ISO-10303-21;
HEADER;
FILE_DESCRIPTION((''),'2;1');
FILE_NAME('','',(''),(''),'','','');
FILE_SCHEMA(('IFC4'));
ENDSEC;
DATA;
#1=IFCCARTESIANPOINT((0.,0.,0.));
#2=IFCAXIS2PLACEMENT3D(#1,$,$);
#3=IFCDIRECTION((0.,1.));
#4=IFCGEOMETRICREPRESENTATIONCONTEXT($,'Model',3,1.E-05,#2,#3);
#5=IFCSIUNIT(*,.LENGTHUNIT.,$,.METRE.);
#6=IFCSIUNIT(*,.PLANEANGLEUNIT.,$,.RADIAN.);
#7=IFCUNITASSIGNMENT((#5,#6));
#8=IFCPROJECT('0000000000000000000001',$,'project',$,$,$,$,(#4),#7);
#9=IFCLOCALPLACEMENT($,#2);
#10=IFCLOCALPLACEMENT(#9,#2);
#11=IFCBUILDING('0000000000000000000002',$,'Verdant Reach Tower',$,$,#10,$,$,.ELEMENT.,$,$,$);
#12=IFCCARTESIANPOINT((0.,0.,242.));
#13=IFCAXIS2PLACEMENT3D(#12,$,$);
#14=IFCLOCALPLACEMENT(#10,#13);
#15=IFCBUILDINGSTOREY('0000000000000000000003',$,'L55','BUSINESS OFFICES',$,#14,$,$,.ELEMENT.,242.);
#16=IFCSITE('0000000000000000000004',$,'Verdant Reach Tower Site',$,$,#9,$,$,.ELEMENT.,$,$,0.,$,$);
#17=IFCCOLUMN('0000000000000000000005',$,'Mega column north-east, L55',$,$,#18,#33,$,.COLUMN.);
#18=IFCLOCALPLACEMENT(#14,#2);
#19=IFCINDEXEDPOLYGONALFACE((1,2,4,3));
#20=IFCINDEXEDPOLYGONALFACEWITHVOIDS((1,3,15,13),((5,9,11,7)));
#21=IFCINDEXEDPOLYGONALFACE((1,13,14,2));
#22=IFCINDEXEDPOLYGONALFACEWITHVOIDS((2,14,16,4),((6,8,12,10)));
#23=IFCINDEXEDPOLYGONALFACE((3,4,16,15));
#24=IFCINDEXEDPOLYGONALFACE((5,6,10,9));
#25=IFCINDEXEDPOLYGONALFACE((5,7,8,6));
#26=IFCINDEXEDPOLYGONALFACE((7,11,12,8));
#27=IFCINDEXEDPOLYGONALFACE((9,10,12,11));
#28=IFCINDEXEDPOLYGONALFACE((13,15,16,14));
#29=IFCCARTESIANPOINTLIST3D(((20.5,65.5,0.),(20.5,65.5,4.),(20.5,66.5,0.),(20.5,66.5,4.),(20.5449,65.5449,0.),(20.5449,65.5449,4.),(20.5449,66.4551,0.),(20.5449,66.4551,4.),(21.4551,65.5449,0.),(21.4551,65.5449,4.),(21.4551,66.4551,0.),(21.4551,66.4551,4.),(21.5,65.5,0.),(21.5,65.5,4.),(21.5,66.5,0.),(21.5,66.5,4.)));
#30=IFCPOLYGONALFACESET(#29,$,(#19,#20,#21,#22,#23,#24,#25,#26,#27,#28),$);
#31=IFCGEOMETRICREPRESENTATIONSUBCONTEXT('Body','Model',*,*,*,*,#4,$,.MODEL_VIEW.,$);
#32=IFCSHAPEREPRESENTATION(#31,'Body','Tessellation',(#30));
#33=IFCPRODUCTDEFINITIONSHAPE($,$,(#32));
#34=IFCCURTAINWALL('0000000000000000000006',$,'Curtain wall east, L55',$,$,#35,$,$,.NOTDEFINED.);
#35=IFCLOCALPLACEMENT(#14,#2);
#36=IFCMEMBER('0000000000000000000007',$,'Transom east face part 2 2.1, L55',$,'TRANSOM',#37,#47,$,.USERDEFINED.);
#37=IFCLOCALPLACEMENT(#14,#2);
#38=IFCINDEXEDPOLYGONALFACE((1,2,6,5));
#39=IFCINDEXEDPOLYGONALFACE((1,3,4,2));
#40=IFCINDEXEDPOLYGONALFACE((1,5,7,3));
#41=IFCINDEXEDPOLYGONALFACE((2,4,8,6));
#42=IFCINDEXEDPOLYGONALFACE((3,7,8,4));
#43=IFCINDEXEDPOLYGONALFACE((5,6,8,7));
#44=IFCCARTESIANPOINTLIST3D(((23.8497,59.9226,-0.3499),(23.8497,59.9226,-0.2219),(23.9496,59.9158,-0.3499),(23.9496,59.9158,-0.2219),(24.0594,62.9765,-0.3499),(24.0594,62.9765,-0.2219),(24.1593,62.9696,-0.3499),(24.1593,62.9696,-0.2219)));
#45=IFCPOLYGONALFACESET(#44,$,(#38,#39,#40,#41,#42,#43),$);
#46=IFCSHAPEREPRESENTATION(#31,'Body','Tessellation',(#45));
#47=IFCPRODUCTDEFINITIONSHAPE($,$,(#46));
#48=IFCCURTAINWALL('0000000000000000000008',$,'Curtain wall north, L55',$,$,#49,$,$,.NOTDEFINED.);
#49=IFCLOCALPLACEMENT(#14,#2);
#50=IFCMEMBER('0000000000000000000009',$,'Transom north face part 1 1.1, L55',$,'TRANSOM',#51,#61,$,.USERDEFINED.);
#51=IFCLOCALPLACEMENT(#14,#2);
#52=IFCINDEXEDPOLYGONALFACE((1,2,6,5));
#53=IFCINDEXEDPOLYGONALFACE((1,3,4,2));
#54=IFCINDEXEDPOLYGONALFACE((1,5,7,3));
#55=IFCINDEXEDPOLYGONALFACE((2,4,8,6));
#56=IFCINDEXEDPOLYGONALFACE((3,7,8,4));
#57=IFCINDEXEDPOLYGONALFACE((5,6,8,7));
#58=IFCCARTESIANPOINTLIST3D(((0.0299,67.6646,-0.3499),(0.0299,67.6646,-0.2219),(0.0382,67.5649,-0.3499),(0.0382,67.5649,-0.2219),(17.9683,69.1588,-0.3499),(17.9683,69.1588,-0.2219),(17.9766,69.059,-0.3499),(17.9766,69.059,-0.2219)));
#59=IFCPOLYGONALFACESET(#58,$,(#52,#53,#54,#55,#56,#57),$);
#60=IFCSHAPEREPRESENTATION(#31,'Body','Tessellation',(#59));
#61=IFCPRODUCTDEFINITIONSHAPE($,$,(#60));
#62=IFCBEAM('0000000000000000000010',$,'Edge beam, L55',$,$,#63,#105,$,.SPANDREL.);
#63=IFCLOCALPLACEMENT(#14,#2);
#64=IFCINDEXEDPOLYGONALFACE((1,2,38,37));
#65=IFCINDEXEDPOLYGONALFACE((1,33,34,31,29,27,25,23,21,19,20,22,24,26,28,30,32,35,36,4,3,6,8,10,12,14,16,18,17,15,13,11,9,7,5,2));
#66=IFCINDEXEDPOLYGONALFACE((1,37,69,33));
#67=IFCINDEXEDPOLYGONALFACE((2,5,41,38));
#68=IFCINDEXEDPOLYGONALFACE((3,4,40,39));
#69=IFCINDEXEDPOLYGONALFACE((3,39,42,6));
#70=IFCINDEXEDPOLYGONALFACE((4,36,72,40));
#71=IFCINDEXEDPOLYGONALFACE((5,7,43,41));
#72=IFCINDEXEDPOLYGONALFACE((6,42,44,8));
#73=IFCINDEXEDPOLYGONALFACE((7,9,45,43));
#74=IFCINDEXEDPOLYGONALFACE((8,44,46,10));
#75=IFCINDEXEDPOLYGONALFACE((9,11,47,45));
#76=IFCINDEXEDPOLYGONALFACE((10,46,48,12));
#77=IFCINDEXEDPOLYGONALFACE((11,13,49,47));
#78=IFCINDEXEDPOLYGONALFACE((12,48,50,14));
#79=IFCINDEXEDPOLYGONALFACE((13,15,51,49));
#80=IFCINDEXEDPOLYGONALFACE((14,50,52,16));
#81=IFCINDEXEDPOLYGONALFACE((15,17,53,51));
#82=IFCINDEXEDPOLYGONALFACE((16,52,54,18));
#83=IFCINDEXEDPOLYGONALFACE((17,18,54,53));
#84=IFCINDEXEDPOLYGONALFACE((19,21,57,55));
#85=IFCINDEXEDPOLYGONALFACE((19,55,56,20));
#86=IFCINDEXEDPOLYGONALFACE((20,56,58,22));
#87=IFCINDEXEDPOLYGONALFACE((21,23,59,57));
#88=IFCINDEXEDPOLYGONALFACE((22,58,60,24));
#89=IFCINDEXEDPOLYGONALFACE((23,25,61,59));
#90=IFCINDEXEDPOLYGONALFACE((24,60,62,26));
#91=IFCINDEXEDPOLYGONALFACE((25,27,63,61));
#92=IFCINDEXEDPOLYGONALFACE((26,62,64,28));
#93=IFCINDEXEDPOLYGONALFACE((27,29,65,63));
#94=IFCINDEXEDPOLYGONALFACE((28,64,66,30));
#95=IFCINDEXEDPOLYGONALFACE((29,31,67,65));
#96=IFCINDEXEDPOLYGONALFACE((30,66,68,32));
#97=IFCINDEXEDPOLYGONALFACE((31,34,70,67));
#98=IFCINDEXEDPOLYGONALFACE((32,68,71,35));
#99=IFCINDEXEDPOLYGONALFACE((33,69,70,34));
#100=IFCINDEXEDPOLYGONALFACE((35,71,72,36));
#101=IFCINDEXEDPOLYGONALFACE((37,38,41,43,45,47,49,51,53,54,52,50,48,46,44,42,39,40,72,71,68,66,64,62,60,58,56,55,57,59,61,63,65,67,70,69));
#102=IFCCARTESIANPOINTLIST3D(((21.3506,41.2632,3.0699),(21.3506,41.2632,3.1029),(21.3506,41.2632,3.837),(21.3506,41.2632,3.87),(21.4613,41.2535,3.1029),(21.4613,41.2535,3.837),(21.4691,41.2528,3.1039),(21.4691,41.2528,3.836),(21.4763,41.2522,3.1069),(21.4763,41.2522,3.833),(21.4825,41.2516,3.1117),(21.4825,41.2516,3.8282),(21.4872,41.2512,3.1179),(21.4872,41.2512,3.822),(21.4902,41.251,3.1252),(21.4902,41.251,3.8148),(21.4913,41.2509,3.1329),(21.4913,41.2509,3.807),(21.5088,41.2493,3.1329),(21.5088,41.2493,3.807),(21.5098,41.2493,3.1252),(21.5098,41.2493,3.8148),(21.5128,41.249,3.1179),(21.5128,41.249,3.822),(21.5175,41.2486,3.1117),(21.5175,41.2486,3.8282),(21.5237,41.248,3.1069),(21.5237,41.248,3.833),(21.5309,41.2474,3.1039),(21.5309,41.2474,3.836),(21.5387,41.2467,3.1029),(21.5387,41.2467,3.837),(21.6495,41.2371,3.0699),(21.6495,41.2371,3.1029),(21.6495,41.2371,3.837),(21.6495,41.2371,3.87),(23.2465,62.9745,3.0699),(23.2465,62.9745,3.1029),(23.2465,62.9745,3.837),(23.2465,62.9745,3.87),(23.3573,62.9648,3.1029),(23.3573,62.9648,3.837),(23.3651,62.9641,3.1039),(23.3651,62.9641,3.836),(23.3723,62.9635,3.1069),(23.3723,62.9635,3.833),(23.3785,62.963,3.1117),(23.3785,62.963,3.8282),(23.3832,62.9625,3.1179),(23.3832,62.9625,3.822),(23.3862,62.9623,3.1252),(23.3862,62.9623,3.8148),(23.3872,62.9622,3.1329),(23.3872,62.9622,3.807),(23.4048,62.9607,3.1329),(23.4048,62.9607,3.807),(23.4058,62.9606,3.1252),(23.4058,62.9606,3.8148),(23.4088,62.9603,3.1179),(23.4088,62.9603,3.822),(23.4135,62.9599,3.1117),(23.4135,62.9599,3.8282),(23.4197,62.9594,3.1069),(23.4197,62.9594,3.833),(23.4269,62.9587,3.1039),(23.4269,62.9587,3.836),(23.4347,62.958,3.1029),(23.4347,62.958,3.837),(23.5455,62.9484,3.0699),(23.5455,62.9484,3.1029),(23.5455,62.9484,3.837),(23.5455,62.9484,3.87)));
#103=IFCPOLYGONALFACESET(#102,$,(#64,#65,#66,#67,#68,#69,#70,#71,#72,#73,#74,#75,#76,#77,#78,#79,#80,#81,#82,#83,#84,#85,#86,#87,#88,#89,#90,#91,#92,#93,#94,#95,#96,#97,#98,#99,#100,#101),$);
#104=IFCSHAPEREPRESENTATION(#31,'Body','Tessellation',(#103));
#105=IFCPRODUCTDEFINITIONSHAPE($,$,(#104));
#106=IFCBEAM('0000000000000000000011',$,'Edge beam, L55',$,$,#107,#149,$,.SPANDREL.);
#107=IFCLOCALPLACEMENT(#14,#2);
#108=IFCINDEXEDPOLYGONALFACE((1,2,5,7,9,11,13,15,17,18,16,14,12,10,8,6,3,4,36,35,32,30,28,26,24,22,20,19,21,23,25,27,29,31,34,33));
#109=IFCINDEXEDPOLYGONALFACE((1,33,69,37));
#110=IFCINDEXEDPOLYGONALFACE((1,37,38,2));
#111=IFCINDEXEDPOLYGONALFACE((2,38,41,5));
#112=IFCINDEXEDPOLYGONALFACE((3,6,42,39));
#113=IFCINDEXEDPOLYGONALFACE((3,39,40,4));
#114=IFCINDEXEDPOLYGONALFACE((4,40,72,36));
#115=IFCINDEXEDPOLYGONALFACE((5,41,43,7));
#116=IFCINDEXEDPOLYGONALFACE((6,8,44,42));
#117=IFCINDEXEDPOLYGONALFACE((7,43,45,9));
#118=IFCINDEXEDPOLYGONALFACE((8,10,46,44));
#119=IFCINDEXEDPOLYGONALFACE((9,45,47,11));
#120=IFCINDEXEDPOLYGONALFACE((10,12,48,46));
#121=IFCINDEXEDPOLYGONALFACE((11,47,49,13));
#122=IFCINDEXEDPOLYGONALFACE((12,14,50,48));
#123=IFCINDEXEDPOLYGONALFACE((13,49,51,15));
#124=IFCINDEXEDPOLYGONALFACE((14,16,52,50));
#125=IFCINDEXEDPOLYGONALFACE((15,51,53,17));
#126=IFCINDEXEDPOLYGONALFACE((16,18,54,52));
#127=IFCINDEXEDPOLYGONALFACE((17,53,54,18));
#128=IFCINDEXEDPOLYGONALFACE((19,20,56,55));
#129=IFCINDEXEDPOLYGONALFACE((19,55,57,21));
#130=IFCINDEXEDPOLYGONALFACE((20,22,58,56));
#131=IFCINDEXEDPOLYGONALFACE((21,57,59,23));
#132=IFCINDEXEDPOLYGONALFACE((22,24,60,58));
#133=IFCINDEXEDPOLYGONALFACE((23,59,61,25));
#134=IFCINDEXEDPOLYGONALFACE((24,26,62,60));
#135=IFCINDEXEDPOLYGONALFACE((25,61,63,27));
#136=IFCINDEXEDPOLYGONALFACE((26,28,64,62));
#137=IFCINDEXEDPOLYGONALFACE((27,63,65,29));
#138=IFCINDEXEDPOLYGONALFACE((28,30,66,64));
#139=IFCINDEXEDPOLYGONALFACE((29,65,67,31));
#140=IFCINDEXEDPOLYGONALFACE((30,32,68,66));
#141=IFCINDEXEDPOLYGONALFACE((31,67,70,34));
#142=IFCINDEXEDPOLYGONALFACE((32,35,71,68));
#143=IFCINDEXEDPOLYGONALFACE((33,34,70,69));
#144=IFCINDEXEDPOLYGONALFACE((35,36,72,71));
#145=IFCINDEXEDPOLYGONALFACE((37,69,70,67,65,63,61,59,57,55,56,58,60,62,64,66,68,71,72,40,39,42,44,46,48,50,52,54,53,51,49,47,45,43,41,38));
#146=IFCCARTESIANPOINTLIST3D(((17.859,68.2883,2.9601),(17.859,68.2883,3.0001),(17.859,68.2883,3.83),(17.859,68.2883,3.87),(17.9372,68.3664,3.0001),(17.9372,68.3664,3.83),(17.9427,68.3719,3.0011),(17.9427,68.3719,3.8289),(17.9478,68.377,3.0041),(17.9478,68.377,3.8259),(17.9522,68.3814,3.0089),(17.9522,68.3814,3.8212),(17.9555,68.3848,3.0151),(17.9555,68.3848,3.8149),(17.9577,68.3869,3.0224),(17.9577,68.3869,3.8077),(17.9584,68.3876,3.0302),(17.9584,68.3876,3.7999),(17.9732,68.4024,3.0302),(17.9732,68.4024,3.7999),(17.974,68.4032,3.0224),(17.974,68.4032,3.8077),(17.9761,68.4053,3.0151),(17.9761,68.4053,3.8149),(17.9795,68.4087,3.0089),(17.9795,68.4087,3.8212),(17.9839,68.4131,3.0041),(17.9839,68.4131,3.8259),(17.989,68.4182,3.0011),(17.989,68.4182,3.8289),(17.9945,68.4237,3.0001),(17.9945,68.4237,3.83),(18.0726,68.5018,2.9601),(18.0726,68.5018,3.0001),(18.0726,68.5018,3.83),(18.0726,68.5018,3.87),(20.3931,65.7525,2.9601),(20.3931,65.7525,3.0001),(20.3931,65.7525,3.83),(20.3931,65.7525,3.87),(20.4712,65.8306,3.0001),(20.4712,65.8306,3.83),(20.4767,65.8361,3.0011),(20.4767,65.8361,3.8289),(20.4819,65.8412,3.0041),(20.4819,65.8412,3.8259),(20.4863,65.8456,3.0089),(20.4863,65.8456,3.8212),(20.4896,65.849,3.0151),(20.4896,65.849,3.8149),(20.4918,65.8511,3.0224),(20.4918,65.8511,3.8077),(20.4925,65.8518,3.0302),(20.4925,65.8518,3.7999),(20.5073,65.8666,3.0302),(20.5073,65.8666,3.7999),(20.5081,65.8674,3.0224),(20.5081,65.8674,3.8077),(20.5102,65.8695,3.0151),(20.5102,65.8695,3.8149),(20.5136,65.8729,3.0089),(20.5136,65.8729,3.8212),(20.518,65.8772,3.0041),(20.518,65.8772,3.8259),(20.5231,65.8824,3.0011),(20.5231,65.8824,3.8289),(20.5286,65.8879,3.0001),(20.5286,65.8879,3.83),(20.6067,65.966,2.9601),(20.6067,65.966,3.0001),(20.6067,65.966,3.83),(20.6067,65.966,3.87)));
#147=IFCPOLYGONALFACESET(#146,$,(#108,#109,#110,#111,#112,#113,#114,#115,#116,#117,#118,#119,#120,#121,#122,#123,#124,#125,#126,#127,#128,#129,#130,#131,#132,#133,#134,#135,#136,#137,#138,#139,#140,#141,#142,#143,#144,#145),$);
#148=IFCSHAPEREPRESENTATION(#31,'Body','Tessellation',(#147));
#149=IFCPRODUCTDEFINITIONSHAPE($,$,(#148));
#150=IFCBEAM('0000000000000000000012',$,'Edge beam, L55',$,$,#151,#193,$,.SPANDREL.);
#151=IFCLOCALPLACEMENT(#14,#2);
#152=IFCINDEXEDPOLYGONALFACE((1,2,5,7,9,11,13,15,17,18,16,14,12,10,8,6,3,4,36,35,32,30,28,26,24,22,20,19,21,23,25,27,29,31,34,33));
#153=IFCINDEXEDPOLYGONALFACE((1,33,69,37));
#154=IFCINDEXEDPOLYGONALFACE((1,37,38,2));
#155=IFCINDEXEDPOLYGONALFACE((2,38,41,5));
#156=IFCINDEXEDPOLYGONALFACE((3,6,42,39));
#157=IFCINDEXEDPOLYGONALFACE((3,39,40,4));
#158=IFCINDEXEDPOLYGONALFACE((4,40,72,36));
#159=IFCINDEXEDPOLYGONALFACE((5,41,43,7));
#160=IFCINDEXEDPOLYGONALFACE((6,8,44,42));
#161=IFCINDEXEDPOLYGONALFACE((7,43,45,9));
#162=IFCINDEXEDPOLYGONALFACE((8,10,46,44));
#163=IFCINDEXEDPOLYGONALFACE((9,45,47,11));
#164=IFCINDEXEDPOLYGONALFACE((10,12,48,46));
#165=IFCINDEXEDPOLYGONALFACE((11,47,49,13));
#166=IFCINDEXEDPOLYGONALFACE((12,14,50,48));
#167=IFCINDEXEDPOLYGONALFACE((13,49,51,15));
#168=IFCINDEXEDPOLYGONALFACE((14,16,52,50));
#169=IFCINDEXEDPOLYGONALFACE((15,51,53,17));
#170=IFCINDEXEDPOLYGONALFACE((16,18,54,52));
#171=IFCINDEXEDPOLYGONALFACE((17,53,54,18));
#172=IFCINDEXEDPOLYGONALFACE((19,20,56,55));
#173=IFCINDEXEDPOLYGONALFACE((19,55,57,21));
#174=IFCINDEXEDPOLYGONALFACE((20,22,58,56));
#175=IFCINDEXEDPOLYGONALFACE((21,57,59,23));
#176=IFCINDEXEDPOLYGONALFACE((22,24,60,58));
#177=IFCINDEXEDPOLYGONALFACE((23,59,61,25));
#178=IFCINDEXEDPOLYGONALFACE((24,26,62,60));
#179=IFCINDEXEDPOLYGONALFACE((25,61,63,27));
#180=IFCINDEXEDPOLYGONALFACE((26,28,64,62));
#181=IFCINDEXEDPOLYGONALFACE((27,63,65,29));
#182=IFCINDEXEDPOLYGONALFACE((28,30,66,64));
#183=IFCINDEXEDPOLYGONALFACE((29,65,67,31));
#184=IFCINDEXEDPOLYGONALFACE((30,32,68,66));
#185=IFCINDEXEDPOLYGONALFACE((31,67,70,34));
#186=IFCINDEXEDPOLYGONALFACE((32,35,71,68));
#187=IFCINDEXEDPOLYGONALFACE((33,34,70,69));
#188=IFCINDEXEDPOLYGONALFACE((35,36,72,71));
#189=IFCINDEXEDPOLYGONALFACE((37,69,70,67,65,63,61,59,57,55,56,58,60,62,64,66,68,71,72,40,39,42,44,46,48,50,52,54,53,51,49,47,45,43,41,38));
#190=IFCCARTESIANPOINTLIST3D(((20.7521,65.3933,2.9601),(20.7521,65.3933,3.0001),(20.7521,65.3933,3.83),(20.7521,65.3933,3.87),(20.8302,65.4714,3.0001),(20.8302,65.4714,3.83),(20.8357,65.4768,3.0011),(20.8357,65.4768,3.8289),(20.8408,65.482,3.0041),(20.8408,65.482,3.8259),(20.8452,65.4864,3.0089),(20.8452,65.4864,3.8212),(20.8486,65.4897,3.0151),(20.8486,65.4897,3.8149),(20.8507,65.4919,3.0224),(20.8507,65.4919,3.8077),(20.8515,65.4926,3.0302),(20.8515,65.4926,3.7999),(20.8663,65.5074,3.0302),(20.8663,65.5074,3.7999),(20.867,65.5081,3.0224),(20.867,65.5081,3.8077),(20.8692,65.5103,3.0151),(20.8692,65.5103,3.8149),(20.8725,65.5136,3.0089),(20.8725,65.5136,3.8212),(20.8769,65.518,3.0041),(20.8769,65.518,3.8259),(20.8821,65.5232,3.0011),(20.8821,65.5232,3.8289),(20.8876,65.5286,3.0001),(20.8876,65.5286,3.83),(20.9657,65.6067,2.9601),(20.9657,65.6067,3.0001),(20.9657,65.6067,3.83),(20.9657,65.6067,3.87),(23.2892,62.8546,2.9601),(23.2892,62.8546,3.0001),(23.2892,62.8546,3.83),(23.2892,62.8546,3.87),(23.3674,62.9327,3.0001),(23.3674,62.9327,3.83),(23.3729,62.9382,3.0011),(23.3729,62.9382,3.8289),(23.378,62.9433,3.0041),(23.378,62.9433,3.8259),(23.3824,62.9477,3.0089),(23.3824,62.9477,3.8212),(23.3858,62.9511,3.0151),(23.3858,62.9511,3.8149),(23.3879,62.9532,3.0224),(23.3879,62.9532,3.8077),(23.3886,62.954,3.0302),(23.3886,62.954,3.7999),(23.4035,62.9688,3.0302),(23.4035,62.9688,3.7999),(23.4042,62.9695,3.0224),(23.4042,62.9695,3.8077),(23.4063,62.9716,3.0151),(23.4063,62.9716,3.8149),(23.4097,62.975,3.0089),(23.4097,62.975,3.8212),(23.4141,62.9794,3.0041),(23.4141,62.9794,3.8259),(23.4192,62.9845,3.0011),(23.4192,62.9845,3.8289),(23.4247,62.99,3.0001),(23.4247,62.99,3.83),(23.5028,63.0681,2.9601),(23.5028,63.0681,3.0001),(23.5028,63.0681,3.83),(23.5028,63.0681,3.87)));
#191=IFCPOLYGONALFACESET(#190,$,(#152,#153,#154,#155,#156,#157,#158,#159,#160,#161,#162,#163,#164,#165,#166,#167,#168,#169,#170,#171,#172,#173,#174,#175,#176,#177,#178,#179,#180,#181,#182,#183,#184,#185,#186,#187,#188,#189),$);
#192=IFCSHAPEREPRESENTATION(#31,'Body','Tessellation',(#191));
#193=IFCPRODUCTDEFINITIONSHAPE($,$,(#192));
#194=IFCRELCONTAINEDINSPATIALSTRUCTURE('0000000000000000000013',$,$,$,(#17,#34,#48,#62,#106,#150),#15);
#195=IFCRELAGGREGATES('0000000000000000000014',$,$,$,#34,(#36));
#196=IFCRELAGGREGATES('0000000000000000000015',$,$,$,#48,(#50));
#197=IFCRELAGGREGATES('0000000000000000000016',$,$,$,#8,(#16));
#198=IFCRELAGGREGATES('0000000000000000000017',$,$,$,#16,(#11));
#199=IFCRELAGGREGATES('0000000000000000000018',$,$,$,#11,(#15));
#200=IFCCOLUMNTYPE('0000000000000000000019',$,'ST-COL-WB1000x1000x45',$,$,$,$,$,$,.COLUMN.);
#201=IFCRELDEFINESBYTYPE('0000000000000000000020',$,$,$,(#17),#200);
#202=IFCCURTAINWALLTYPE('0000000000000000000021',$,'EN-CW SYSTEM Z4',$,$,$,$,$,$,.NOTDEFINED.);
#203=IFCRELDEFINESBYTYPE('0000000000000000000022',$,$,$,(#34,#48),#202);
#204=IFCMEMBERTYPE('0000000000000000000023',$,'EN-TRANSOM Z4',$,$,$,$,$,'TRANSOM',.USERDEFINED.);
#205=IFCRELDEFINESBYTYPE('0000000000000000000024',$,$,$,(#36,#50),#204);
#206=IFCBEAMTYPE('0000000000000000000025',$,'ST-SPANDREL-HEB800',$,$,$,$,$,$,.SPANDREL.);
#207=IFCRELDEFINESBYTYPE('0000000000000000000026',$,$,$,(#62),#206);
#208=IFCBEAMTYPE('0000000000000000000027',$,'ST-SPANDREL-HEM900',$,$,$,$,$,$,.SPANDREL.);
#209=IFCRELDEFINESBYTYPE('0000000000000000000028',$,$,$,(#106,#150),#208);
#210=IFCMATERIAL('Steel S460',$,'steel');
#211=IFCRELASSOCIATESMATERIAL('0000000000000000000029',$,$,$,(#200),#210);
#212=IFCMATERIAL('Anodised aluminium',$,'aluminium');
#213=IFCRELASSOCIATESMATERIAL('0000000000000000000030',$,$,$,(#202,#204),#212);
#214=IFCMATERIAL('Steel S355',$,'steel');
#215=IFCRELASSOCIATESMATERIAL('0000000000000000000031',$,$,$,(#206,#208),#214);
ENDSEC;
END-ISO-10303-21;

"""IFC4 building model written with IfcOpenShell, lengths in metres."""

from ifc_helpers import new_model, si_unit, direction, frame, origin, origin_2d, place, context, subcontext, project, spatial, rectangle, hollow_rectangle, i_section, extrude, material, material_profile, profile_set, type_object, element, aggregate, save


model = new_model("IFC4")

# Units and contexts
model_context = context("Model", 3, precision=1e-05, world=origin(), true_north=direction((0.0, 1.0)))
body_context = subcontext(model_context, "Body", "Model", "MODEL_VIEW")
ifc_project = project(units=[si_unit("LENGTHUNIT", "METRE"), si_unit("PLANEANGLEUNIT", "RADIAN")], contexts=[model_context])

# Site, building, storey
site_placement = place(None, origin())
site = spatial("IfcSite", under=ifc_project, at=site_placement, Name="Verdant Reach Tower Site", CompositionType="ELEMENT", RefElevation=0.0)
building_placement = place(site_placement, origin())
building = spatial("IfcBuilding", under=site, at=building_placement, Name="Verdant Reach Tower", CompositionType="ELEMENT")
storey_placement = place(building_placement, frame((0.0, 0.0, 242.0)))
storey = spatial("IfcBuildingStorey", under=building, at=storey_placement, Name="L55", Description="BUSINESS OFFICES", CompositionType="ELEMENT", Elevation=242.0)

# Column
ifc_material_1 = material(Name="Steel S460", Category="steel")
ifc_material_profile_1 = material_profile(ifc_material_1, hollow_rectangle(XDim=1.0, YDim=1.0, WallThickness=0.0449, at=origin_2d()), Name="WB 1000x1000x45")
ifc_profile_set_1 = profile_set([ifc_material_profile_1], Name="Steel S460")
column_type = type_object("IfcColumnType", Name="ST-COL-WB1000x1000x45", PredefinedType="COLUMN", material=ifc_profile_set_1)
column_placement = place(storey_placement, frame((21.0, 66.0, 0.0), z_axis=(0.0, 0.0, 1.0), x_axis=(1.0, 0.0, 0.0)))
element("IfcColumn", 1, at=column_placement, inside=storey, type_object=column_type, Name="Mega column north-east, L55", PredefinedType="COLUMN", context=body_context, shape_type="SweptSolid", body=[
    extrude(hollow_rectangle(XDim=1.0, YDim=1.0, WallThickness=0.0449, at=origin_2d()), origin(), (0.0, 0.0, 1.0), 4.0),
])

# Curtain walls, members
ifc_material_2 = material(Name="Anodised aluminium", Category="aluminium")
curtain_wall_type = type_object("IfcCurtainWallType", Name="EN-CW SYSTEM Z4", PredefinedType="NOTDEFINED", material=ifc_material_2)
curtain_wall_1_placement = place(storey_placement, origin())
curtain_wall_1 = element("IfcCurtainWall", 2, at=curtain_wall_1_placement, inside=storey, type_object=curtain_wall_type, Name="Curtain wall east, L55", PredefinedType="NOTDEFINED")
ifc_material_profile_2 = material_profile(ifc_material_2, rectangle(XDim=0.1001, YDim=0.1279, at=origin_2d()), Name="Transom 128x100")
ifc_profile_set_2 = profile_set([ifc_material_profile_2], Name="Anodised aluminium")
member_type = type_object("IfcMemberType", Name="EN-TRANSOM Z4", ElementType="TRANSOM", PredefinedType="USERDEFINED", material=ifc_profile_set_2)
member_1_placement = place(storey_placement, frame((23.8997, 59.9192, -0.2859), z_axis=(0.068509, 0.99765, 0.0), x_axis=(-0.99765, 0.068509, 0.0)))
member_1 = element("IfcMember", 3, at=member_1_placement, type_object=member_type, Name="Transom east face part 2 2.1, L55", ObjectType="TRANSOM", PredefinedType="USERDEFINED", context=body_context, shape_type="SweptSolid", body=[
    extrude(rectangle(XDim=0.1001, YDim=0.1279, at=origin_2d()), origin(), (0.0, 0.0, 1.0), 3.061),
])
curtain_wall_2_placement = place(storey_placement, origin())
curtain_wall_2 = element("IfcCurtainWall", 4, at=curtain_wall_2_placement, inside=storey, type_object=curtain_wall_type, Name="Curtain wall north, L55", PredefinedType="NOTDEFINED")
member_2_placement = place(storey_placement, frame((17.9724, 69.1089, -0.2859), z_axis=(-0.996549, -0.083005, 0.0), x_axis=(0.083005, -0.996549, 0.0)))
member_2 = element("IfcMember", 5, at=member_2_placement, type_object=member_type, Name="Transom north face part 1 1.1, L55", ObjectType="TRANSOM", PredefinedType="USERDEFINED", context=body_context, shape_type="SweptSolid", body=[
    extrude(rectangle(XDim=0.1001, YDim=0.1279, at=origin_2d()), origin(), (0.0, 0.0, 1.0), 18.0005),
])

# Beams
ifc_material_3 = material(Name="Steel S355", Category="steel")
ifc_material_profile_3 = material_profile(ifc_material_3, i_section(OverallWidth=0.3, OverallDepth=0.8, WebThickness=0.0176, FlangeThickness=0.033, FilletRadius=0.03, at=origin_2d()), Name="HEB 800")
ifc_profile_set_3 = profile_set([ifc_material_profile_3], Name="Steel S355")
beam_type_1 = type_object("IfcBeamType", Name="ST-SPANDREL-HEB800", PredefinedType="SPANDREL", material=ifc_profile_set_3)
beam_1_placement = place(storey_placement, frame((23.396, 62.9614, 3.47), z_axis=(-0.086996, -0.996209, 0.0), x_axis=(0.996209, -0.086996, 0.0)))
element("IfcBeam", 6, at=beam_1_placement, inside=storey, type_object=beam_type_1, Name="Edge beam, L55", PredefinedType="SPANDREL", context=body_context, shape_type="SweptSolid", body=[
    extrude(i_section(OverallWidth=0.3, OverallDepth=0.8, WebThickness=0.0176, FlangeThickness=0.033, FilletRadius=0.03, at=origin_2d()), origin(), (0.0, 0.0, 1.0), 21.7939),
])
ifc_material_profile_4 = material_profile(ifc_material_3, i_section(OverallWidth=0.302, OverallDepth=0.9099, WebThickness=0.021, FlangeThickness=0.04, FilletRadius=0.03, at=origin_2d()), Name="HEM 900")
ifc_profile_set_4 = profile_set([ifc_material_profile_4], Name="Steel S355")
beam_type_2 = type_object("IfcBeamType", Name="ST-SPANDREL-HEM900", PredefinedType="SPANDREL", material=ifc_profile_set_4)
beam_2_placement = place(storey_placement, frame((17.9658, 68.395, 3.415), z_axis=(0.706868, -0.707345, 0.0), x_axis=(0.707345, 0.706868, 0.0)))
element("IfcBeam", 7, at=beam_2_placement, inside=storey, type_object=beam_type_2, Name="Edge beam, L55", PredefinedType="SPANDREL", context=body_context, shape_type="SweptSolid", body=[
    extrude(i_section(OverallWidth=0.302, OverallDepth=0.9099, WebThickness=0.021, FlangeThickness=0.04, FilletRadius=0.03, at=origin_2d()), origin(), (0.0, 0.0, 1.0), 3.585),
])
beam_3_placement = place(storey_placement, frame((20.8589, 65.5, 3.415), z_axis=(0.706903, -0.707311, 0.0), x_axis=(0.707311, 0.706903, 0.0)))
element("IfcBeam", 8, at=beam_3_placement, inside=storey, type_object=beam_type_2, Name="Edge beam, L55", PredefinedType="SPANDREL", context=body_context, shape_type="SweptSolid", body=[
    extrude(i_section(OverallWidth=0.302, OverallDepth=0.9099, WebThickness=0.021, FlangeThickness=0.04, FilletRadius=0.03, at=origin_2d()), origin(), (0.0, 0.0, 1.0), 3.5891),
])

aggregate(curtain_wall_1, [member_1])
aggregate(curtain_wall_2, [member_2])

save(model, "model.ifc")
